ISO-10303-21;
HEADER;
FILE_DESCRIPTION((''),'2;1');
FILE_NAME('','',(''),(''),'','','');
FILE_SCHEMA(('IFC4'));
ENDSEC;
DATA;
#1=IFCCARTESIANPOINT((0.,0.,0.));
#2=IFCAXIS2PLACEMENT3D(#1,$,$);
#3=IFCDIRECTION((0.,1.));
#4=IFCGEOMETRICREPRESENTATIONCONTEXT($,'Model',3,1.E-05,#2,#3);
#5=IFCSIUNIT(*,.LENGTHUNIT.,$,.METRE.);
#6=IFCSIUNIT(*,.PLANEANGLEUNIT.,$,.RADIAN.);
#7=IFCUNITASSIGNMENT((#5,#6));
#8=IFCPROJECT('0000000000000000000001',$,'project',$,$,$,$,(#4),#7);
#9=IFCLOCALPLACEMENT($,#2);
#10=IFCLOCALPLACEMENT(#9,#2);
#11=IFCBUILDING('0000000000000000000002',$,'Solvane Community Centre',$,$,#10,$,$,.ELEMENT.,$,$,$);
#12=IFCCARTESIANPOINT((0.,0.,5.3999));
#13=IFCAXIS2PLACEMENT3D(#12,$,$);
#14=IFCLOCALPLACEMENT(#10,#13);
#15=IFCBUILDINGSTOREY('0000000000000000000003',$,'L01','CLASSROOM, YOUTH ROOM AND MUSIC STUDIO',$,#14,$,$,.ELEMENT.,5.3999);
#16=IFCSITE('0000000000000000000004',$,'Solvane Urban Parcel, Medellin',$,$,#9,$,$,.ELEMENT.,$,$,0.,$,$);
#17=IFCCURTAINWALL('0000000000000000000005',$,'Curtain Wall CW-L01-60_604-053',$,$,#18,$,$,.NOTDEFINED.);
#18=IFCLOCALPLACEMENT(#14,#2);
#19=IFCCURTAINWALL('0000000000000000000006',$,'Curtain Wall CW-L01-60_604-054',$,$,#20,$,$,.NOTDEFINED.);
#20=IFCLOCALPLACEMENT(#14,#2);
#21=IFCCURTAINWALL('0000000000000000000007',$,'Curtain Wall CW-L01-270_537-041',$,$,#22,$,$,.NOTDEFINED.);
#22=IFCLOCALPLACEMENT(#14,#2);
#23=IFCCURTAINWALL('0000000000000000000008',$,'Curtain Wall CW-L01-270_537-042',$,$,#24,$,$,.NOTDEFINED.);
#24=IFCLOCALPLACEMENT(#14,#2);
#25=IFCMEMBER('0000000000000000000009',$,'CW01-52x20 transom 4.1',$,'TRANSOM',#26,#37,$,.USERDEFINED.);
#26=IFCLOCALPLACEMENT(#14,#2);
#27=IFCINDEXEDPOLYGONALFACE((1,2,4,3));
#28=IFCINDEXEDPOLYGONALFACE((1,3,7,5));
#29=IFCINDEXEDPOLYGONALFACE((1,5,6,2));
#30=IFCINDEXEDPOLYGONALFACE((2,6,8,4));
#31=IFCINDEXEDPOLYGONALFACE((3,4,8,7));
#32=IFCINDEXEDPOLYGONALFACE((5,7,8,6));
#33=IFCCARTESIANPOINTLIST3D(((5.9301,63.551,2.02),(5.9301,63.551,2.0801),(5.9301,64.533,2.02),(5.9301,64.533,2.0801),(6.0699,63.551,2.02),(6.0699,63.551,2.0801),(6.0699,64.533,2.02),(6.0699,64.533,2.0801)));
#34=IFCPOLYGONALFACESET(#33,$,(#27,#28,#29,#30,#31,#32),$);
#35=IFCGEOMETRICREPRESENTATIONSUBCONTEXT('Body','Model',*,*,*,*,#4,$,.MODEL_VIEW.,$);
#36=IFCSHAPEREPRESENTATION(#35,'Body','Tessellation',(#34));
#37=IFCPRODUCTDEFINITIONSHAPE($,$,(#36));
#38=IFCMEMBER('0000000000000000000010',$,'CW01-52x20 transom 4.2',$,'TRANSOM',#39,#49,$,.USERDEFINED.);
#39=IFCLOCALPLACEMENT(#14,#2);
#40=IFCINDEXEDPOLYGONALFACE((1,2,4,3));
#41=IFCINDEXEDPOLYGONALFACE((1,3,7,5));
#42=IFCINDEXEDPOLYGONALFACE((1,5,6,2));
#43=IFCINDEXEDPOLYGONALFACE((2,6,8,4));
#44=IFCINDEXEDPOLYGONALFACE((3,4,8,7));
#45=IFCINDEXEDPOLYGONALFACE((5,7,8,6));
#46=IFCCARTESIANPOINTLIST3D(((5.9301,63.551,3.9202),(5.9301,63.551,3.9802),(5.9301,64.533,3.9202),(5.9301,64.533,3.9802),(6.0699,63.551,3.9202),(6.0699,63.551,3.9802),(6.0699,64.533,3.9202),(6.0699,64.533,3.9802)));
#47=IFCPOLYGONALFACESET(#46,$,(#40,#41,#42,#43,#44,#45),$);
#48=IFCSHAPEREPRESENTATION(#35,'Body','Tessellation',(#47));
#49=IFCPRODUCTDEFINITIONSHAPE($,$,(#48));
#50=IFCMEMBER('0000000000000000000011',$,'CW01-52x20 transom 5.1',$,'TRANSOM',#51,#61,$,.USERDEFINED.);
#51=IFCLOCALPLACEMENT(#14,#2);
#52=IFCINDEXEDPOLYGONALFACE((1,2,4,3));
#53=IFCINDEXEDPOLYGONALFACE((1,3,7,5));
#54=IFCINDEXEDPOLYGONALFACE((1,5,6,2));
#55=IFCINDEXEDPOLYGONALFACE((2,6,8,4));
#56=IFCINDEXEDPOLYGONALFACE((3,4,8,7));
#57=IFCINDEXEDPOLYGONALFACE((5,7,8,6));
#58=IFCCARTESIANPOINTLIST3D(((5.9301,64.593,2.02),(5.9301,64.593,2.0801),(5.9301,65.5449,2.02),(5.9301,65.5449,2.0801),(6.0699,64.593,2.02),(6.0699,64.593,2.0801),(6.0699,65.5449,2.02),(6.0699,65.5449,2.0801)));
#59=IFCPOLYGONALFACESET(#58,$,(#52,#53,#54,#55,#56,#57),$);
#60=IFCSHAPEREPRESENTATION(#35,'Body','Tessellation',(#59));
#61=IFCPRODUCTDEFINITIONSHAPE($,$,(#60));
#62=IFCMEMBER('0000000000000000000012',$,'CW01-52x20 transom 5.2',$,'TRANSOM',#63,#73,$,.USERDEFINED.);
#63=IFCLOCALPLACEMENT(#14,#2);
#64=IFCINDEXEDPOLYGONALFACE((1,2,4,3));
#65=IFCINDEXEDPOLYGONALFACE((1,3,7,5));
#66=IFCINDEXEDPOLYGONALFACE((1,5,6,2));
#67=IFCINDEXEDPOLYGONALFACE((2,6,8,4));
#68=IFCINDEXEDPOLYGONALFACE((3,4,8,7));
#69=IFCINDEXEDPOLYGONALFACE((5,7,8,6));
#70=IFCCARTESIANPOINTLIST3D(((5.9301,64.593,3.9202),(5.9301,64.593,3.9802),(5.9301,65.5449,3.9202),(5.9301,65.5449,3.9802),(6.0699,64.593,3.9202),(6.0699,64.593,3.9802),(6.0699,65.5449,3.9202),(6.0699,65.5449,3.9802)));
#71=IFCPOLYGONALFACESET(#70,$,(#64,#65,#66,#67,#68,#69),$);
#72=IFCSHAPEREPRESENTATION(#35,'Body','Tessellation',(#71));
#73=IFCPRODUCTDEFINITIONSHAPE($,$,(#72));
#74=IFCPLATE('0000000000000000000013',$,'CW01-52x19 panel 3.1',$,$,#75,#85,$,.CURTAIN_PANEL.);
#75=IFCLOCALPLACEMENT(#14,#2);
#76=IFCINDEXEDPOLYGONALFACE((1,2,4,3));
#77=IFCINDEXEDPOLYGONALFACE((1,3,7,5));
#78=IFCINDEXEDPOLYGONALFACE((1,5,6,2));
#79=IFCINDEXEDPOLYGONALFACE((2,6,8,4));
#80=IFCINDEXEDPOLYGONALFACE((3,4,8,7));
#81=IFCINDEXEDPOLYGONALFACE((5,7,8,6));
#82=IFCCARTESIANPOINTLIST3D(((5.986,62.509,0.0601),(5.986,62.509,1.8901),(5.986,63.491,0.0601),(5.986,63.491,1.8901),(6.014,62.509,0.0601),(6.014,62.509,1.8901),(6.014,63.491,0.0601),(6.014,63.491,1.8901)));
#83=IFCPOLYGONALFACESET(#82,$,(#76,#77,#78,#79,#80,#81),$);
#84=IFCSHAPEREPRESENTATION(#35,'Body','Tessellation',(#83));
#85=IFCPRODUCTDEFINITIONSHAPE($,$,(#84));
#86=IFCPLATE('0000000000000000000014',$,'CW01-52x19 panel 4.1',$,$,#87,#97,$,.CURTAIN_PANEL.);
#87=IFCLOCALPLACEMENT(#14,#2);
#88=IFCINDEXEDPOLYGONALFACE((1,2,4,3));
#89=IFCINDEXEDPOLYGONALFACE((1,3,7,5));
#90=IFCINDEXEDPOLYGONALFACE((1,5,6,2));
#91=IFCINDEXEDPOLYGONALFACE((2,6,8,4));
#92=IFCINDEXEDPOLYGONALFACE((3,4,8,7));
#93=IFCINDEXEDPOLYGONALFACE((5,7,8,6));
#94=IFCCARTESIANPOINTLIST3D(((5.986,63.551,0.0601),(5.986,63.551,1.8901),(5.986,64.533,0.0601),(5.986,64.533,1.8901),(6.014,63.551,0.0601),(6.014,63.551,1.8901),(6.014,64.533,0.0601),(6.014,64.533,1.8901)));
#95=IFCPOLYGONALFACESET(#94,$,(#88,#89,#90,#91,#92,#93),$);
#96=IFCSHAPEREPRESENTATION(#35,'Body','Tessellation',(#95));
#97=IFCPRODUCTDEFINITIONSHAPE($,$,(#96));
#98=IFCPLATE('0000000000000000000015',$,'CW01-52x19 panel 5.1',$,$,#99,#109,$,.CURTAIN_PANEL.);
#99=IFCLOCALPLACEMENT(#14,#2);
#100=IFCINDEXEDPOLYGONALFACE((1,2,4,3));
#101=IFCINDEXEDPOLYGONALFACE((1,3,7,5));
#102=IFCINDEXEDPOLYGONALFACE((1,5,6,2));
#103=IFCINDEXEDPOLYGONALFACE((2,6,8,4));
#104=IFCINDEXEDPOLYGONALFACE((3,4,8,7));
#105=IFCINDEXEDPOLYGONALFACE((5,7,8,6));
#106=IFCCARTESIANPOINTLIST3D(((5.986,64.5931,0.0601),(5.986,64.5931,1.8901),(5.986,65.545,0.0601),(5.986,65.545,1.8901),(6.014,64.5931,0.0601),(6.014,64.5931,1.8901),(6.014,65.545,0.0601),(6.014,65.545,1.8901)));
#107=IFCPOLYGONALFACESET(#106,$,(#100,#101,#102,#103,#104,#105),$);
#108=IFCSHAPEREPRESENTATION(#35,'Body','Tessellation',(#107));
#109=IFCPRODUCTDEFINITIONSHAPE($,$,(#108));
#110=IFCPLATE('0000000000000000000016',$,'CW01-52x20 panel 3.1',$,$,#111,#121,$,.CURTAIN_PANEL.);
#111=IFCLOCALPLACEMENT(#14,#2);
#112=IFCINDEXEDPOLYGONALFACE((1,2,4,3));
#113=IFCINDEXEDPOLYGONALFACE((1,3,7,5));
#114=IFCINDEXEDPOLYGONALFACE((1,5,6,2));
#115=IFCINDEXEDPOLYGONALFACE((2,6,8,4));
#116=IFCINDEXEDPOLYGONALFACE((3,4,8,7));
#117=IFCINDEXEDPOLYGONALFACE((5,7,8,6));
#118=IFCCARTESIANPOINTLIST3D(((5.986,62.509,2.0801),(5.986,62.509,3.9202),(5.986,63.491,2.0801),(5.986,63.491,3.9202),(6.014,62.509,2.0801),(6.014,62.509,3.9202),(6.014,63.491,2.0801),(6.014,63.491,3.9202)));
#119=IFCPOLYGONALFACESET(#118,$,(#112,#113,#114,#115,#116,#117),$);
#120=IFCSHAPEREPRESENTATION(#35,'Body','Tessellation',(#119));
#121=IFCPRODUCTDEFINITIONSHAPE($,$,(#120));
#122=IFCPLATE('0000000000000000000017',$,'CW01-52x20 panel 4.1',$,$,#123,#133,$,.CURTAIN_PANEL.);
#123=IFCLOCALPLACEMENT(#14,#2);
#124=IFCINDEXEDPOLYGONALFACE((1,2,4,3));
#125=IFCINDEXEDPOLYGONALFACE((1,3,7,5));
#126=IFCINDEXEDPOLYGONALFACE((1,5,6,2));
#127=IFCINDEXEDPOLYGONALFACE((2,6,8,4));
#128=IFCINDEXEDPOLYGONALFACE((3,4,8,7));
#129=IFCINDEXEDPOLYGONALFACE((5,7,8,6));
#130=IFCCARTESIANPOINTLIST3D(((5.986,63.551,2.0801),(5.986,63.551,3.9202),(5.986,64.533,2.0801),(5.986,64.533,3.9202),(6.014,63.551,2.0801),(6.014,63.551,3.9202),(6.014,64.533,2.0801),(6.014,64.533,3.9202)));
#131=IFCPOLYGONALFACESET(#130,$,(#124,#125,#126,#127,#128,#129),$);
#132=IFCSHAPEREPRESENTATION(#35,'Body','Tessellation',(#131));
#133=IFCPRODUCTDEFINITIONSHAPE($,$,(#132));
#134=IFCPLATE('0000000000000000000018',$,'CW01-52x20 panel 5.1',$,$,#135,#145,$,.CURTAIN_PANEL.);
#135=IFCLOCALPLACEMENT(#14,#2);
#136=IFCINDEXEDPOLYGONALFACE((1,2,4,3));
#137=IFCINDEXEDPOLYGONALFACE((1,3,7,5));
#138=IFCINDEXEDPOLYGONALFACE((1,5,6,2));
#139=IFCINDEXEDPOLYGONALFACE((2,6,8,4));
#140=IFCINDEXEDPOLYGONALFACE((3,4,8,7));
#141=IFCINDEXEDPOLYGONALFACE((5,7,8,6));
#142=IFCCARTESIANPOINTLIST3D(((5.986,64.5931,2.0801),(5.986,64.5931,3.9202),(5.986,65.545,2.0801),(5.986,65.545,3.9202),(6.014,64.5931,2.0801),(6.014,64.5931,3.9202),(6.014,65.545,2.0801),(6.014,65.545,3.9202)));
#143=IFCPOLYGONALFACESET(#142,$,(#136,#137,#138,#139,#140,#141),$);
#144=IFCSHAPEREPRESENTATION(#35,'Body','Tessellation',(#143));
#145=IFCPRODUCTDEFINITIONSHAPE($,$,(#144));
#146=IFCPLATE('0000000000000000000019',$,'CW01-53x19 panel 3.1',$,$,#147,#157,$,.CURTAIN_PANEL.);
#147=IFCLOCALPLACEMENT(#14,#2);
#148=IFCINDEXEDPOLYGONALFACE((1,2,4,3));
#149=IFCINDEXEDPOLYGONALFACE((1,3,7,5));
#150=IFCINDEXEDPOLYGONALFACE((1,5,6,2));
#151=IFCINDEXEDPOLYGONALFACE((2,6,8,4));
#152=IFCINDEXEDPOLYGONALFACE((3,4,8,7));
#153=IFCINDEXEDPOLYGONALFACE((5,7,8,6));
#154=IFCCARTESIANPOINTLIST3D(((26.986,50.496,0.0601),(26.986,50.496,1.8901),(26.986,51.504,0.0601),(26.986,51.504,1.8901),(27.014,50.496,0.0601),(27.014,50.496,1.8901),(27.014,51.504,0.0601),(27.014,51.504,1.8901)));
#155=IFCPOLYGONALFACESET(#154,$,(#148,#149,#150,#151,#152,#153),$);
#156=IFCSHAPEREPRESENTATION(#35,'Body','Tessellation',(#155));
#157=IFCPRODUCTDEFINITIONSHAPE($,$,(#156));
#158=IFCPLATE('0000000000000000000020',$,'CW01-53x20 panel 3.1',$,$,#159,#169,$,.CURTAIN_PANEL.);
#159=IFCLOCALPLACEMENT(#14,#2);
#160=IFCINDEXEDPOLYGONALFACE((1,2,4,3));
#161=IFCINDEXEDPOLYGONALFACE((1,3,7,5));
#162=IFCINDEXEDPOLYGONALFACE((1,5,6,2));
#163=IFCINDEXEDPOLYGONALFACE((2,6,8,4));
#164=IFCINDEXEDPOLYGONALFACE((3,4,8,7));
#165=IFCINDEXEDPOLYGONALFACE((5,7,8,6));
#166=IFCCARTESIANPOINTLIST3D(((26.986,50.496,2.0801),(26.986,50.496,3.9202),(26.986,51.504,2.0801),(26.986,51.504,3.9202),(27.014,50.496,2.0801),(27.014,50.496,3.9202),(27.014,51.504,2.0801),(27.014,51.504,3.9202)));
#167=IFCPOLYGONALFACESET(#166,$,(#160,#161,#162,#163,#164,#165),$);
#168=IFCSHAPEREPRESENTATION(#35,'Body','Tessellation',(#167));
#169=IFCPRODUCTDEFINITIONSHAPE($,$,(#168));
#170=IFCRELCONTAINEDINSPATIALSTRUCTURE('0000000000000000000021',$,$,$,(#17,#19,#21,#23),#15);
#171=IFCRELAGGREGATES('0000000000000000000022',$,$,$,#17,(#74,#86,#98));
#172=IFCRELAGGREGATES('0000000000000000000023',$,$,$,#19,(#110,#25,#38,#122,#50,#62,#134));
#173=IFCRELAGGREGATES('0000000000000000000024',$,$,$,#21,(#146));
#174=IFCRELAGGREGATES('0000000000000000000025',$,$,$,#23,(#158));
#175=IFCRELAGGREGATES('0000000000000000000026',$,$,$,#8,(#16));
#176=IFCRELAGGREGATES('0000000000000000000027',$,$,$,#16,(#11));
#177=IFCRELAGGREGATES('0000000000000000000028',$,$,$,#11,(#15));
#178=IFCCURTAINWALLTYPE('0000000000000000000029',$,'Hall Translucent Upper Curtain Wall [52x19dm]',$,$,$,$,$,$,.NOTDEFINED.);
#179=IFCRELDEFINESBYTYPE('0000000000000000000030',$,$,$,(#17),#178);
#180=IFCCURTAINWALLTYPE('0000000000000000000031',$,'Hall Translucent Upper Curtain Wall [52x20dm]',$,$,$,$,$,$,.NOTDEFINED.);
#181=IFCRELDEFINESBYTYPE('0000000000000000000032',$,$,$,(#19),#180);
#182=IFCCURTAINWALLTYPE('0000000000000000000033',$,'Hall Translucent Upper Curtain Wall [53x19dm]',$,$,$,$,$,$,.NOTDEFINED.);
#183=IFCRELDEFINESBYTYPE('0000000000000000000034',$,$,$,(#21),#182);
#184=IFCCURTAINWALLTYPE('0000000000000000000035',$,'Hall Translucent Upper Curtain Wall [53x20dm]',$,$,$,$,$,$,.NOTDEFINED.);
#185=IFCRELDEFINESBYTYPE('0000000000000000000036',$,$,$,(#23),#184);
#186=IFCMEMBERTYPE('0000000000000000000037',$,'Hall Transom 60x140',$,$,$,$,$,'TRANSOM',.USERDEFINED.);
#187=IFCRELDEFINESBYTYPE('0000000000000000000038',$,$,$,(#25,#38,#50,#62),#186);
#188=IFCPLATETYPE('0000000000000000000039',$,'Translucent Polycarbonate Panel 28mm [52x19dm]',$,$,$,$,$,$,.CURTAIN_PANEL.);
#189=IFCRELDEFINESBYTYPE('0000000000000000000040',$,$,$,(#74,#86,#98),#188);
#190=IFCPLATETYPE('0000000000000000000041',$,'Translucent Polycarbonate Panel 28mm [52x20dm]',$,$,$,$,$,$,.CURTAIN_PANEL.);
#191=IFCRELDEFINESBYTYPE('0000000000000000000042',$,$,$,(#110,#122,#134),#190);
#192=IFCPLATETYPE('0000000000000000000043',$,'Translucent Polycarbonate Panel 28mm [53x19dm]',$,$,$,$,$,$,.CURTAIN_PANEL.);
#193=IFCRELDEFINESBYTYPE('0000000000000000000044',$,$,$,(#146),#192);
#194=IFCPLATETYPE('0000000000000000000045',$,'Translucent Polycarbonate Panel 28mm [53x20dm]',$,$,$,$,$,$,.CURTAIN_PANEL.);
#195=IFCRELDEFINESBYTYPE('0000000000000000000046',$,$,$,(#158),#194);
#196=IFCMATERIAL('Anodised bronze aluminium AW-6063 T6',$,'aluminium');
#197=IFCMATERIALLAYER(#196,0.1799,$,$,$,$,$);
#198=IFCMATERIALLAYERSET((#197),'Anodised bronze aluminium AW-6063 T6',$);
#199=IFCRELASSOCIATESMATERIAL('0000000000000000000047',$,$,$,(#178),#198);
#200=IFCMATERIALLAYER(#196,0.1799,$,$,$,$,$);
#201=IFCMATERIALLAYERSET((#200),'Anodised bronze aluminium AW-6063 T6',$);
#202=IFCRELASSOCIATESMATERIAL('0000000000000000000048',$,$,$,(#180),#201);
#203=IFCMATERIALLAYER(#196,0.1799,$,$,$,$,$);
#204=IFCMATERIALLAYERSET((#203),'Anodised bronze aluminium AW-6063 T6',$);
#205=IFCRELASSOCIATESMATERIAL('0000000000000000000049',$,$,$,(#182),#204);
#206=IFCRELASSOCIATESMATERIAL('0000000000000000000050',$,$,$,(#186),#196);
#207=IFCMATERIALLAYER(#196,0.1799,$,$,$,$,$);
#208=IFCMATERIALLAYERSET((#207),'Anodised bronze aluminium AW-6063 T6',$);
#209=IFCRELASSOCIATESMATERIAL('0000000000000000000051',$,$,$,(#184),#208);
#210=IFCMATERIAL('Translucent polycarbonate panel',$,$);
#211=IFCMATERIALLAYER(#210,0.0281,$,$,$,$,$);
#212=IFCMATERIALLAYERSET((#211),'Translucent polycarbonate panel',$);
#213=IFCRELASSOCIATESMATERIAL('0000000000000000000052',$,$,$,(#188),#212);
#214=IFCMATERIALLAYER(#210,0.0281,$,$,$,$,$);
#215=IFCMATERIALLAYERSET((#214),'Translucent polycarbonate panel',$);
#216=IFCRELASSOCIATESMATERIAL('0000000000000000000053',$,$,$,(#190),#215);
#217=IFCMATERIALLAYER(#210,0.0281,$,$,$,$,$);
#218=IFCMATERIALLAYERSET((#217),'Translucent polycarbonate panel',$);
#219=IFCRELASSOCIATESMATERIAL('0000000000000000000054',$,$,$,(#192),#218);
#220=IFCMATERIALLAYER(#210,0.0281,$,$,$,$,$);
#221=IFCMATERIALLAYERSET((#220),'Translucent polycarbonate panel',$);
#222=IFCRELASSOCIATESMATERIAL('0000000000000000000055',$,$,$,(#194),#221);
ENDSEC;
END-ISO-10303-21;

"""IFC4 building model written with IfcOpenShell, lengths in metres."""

from ifc_helpers import new_model, si_unit, direction, frame, origin, origin_2d, place, context, subcontext, project, spatial, rectangle, extrude, material, layer, layer_set, material_profile, profile_set, type_object, element, aggregate, save


model = new_model("IFC4")

# Units and contexts
model_context = context("Model", 3, precision=1e-05, world=origin(), true_north=direction((0.0, 1.0)))
body_context = subcontext(model_context, "Body", "Model", "MODEL_VIEW")
ifc_project = project(units=[si_unit("LENGTHUNIT", "METRE"), si_unit("PLANEANGLEUNIT", "RADIAN")], contexts=[model_context])

# Site, building, storey
site_placement = place(None, origin())
site = spatial("IfcSite", under=ifc_project, at=site_placement, Name="Solvane Urban Parcel, Medellin", CompositionType="ELEMENT", RefElevation=0.0)
building_placement = place(site_placement, origin())
building = spatial("IfcBuilding", under=site, at=building_placement, Name="Solvane Community Centre", CompositionType="ELEMENT")
storey_placement = place(building_placement, frame((0.0, 0.0, 5.3999)))
storey = spatial("IfcBuildingStorey", under=building, at=storey_placement, Name="L01", Description="CLASSROOM, YOUTH ROOM AND MUSIC STUDIO", CompositionType="ELEMENT", Elevation=5.3999)

# Curtain walls
ifc_material_1 = material(Name="Anodised bronze aluminium AW-6063 T6", Category="aluminium")
ifc_layer_1 = layer(ifc_material_1, 0.1799)
ifc_layer_set_1 = layer_set([ifc_layer_1], Name="Anodised bronze aluminium AW-6063 T6")
curtain_wall_type_1 = type_object("IfcCurtainWallType", Name="Hall Translucent Upper Curtain Wall [52x19dm]", PredefinedType="NOTDEFINED", material=ifc_layer_set_1)
curtain_wall_1_placement = place(storey_placement, origin())
curtain_wall_1 = element("IfcCurtainWall", 1, at=curtain_wall_1_placement, inside=storey, type_object=curtain_wall_type_1, Name="Curtain Wall CW-L01-60_604-053", PredefinedType="NOTDEFINED")
ifc_layer_2 = layer(ifc_material_1, 0.1799)
ifc_layer_set_2 = layer_set([ifc_layer_2], Name="Anodised bronze aluminium AW-6063 T6")
curtain_wall_type_2 = type_object("IfcCurtainWallType", Name="Hall Translucent Upper Curtain Wall [52x20dm]", PredefinedType="NOTDEFINED", material=ifc_layer_set_2)
curtain_wall_2_placement = place(storey_placement, origin())
curtain_wall_2 = element("IfcCurtainWall", 2, at=curtain_wall_2_placement, inside=storey, type_object=curtain_wall_type_2, Name="Curtain Wall CW-L01-60_604-054", PredefinedType="NOTDEFINED")
ifc_layer_3 = layer(ifc_material_1, 0.1799)
ifc_layer_set_3 = layer_set([ifc_layer_3], Name="Anodised bronze aluminium AW-6063 T6")
curtain_wall_type_3 = type_object("IfcCurtainWallType", Name="Hall Translucent Upper Curtain Wall [53x19dm]", PredefinedType="NOTDEFINED", material=ifc_layer_set_3)
curtain_wall_3_placement = place(storey_placement, origin())
curtain_wall_3 = element("IfcCurtainWall", 3, at=curtain_wall_3_placement, inside=storey, type_object=curtain_wall_type_3, Name="Curtain Wall CW-L01-270_537-041", PredefinedType="NOTDEFINED")
ifc_material_profile_1 = material_profile(ifc_material_1, rectangle(XDim=0.1399, YDim=0.0601, at=origin_2d()), Name="CW-T 60x140")
ifc_profile_set_1 = profile_set([ifc_material_profile_1], Name="Anodised bronze aluminium AW-6063 T6")
member_type_1 = type_object("IfcMemberType", Name="Hall Transom 60x140", ElementType="TRANSOM", PredefinedType="USERDEFINED", material=ifc_profile_set_1)

# Curtain wall
ifc_layer_4 = layer(ifc_material_1, 0.1799)
ifc_layer_set_4 = layer_set([ifc_layer_4], Name="Anodised bronze aluminium AW-6063 T6")
curtain_wall_type_4 = type_object("IfcCurtainWallType", Name="Hall Translucent Upper Curtain Wall [53x20dm]", PredefinedType="NOTDEFINED", material=ifc_layer_set_4)
curtain_wall_4_placement = place(storey_placement, origin())
curtain_wall_4 = element("IfcCurtainWall", 4, at=curtain_wall_4_placement, inside=storey, type_object=curtain_wall_type_4, Name="Curtain Wall CW-L01-270_537-042", PredefinedType="NOTDEFINED")

# Members
member_1_placement = place(storey_placement, frame((6.0, 63.551, 2.05), z_axis=(0.0, 1.0, 0.0), x_axis=(-1.0, 0.0, 0.0)))
member_1 = element("IfcMember", 5, at=member_1_placement, type_object=member_type_1, Name="CW01-52x20 transom 4.1", ObjectType="TRANSOM", PredefinedType="USERDEFINED", context=body_context, shape_type="SweptSolid", body=[
    extrude(rectangle(XDim=0.1399, YDim=0.0601, at=origin_2d()), origin(), (0.0, 0.0, 1.0), 0.9819),
])
member_2_placement = place(storey_placement, frame((6.0, 63.551, 3.9502), z_axis=(0.0, 1.0, 0.0), x_axis=(-1.0, 0.0, 0.0)))
member_2 = element("IfcMember", 6, at=member_2_placement, type_object=member_type_1, Name="CW01-52x20 transom 4.2", ObjectType="TRANSOM", PredefinedType="USERDEFINED", context=body_context, shape_type="SweptSolid", body=[
    extrude(rectangle(XDim=0.1399, YDim=0.0601, at=origin_2d()), origin(), (0.0, 0.0, 1.0), 0.9819),
])
member_3_placement = place(storey_placement, frame((6.0, 64.593, 2.05), z_axis=(0.0, 1.0, 0.0), x_axis=(-1.0, 0.0, 0.0)))
member_3 = element("IfcMember", 7, at=member_3_placement, type_object=member_type_1, Name="CW01-52x20 transom 5.1", ObjectType="TRANSOM", PredefinedType="USERDEFINED", context=body_context, shape_type="SweptSolid", body=[
    extrude(rectangle(XDim=0.1399, YDim=0.0601, at=origin_2d()), origin(), (0.0, 0.0, 1.0), 0.9519),
])
member_4_placement = place(storey_placement, frame((6.0, 64.593, 3.9502), z_axis=(0.0, 1.0, 0.0), x_axis=(-1.0, 0.0, 0.0)))
member_4 = element("IfcMember", 8, at=member_4_placement, type_object=member_type_1, Name="CW01-52x20 transom 5.2", ObjectType="TRANSOM", PredefinedType="USERDEFINED", context=body_context, shape_type="SweptSolid", body=[
    extrude(rectangle(XDim=0.1399, YDim=0.0601, at=origin_2d()), origin(), (0.0, 0.0, 1.0), 0.9519),
])

# Plates
ifc_material_2 = material(Name="Translucent polycarbonate panel")
ifc_layer_5 = layer(ifc_material_2, 0.0281)
ifc_layer_set_5 = layer_set([ifc_layer_5], Name="Translucent polycarbonate panel")
plate_type_1 = type_object("IfcPlateType", Name="Translucent Polycarbonate Panel 28mm [52x19dm]", PredefinedType="CURTAIN_PANEL", material=ifc_layer_set_5)
plate_1_placement = place(storey_placement, frame((6.0, 63.0, 0.0601), z_axis=(0.0, 0.0, 1.0), x_axis=(0.0, 1.0, 0.0)))
plate_1 = element("IfcPlate", 9, at=plate_1_placement, type_object=plate_type_1, Name="CW01-52x19 panel 3.1", PredefinedType="CURTAIN_PANEL", context=body_context, shape_type="SweptSolid", body=[
    extrude(rectangle(XDim=0.9819, YDim=0.0281, at=origin_2d()), origin(), (0.0, 0.0, 1.0), 1.8301),
])
plate_2_placement = place(storey_placement, frame((6.0, 64.042, 0.0601), z_axis=(0.0, 0.0, 1.0), x_axis=(0.0, 1.0, 0.0)))
plate_2 = element("IfcPlate", 10, at=plate_2_placement, type_object=plate_type_1, Name="CW01-52x19 panel 4.1", PredefinedType="CURTAIN_PANEL", context=body_context, shape_type="SweptSolid", body=[
    extrude(rectangle(XDim=0.9819, YDim=0.0281, at=origin_2d()), origin(), (0.0, 0.0, 1.0), 1.8301),
])
plate_3_placement = place(storey_placement, frame((6.0, 65.0691, 0.0601), z_axis=(0.0, 0.0, 1.0), x_axis=(0.0, 1.0, 0.0)))
plate_3 = element("IfcPlate", 11, at=plate_3_placement, type_object=plate_type_1, Name="CW01-52x19 panel 5.1", PredefinedType="CURTAIN_PANEL", context=body_context, shape_type="SweptSolid", body=[
    extrude(rectangle(XDim=0.9519, YDim=0.0281, at=origin_2d()), origin(), (0.0, 0.0, 1.0), 1.8301),
])
aggregate(curtain_wall_1, [plate_1, plate_2, plate_3])
ifc_layer_6 = layer(ifc_material_2, 0.0281)
ifc_layer_set_6 = layer_set([ifc_layer_6], Name="Translucent polycarbonate panel")
plate_type_2 = type_object("IfcPlateType", Name="Translucent Polycarbonate Panel 28mm [52x20dm]", PredefinedType="CURTAIN_PANEL", material=ifc_layer_set_6)
plate_4_placement = place(storey_placement, frame((6.0, 63.0, 2.0801), z_axis=(0.0, 0.0, 1.0), x_axis=(0.0, 1.0, 0.0)))
plate_4 = element("IfcPlate", 12, at=plate_4_placement, type_object=plate_type_2, Name="CW01-52x20 panel 3.1", PredefinedType="CURTAIN_PANEL", context=body_context, shape_type="SweptSolid", body=[
    extrude(rectangle(XDim=0.9819, YDim=0.0281, at=origin_2d()), origin(), (0.0, 0.0, 1.0), 1.8401),
])
plate_5_placement = place(storey_placement, frame((6.0, 64.042, 2.0801), z_axis=(0.0, 0.0, 1.0), x_axis=(0.0, 1.0, 0.0)))
plate_5 = element("IfcPlate", 13, at=plate_5_placement, type_object=plate_type_2, Name="CW01-52x20 panel 4.1", PredefinedType="CURTAIN_PANEL", context=body_context, shape_type="SweptSolid", body=[
    extrude(rectangle(XDim=0.9819, YDim=0.0281, at=origin_2d()), origin(), (0.0, 0.0, 1.0), 1.8401),
])
plate_6_placement = place(storey_placement, frame((6.0, 65.0691, 2.0801), z_axis=(0.0, 0.0, 1.0), x_axis=(0.0, 1.0, 0.0)))
plate_6 = element("IfcPlate", 14, at=plate_6_placement, type_object=plate_type_2, Name="CW01-52x20 panel 5.1", PredefinedType="CURTAIN_PANEL", context=body_context, shape_type="SweptSolid", body=[
    extrude(rectangle(XDim=0.9519, YDim=0.0281, at=origin_2d()), origin(), (0.0, 0.0, 1.0), 1.8401),
])
aggregate(curtain_wall_2, [plate_4, member_1, member_2, plate_5, member_3, member_4, plate_6])
ifc_layer_7 = layer(ifc_material_2, 0.0281)
ifc_layer_set_7 = layer_set([ifc_layer_7], Name="Translucent polycarbonate panel")
plate_type_3 = type_object("IfcPlateType", Name="Translucent Polycarbonate Panel 28mm [53x19dm]", PredefinedType="CURTAIN_PANEL", material=ifc_layer_set_7)
plate_7_placement = place(storey_placement, frame((27.0, 51.0, 0.0601), z_axis=(0.0, 0.0, 1.0), x_axis=(0.0, -1.0, 0.0)))
plate_7 = element("IfcPlate", 15, at=plate_7_placement, type_object=plate_type_3, Name="CW01-53x19 panel 3.1", PredefinedType="CURTAIN_PANEL", context=body_context, shape_type="SweptSolid", body=[
    extrude(rectangle(XDim=1.0081, YDim=0.0281, at=origin_2d()), origin(), (0.0, 0.0, 1.0), 1.8301),
])
aggregate(curtain_wall_3, [plate_7])
ifc_layer_8 = layer(ifc_material_2, 0.0281)
ifc_layer_set_8 = layer_set([ifc_layer_8], Name="Translucent polycarbonate panel")
plate_type_4 = type_object("IfcPlateType", Name="Translucent Polycarbonate Panel 28mm [53x20dm]", PredefinedType="CURTAIN_PANEL", material=ifc_layer_set_8)
plate_8_placement = place(storey_placement, frame((27.0, 51.0, 2.0801), z_axis=(0.0, 0.0, 1.0), x_axis=(0.0, -1.0, 0.0)))
plate_8 = element("IfcPlate", 16, at=plate_8_placement, type_object=plate_type_4, Name="CW01-53x20 panel 3.1", PredefinedType="CURTAIN_PANEL", context=body_context, shape_type="SweptSolid", body=[
    extrude(rectangle(XDim=1.0081, YDim=0.0281, at=origin_2d()), origin(), (0.0, 0.0, 1.0), 1.8401),
])
aggregate(curtain_wall_4, [plate_8])

save(model, "model.ifc")
